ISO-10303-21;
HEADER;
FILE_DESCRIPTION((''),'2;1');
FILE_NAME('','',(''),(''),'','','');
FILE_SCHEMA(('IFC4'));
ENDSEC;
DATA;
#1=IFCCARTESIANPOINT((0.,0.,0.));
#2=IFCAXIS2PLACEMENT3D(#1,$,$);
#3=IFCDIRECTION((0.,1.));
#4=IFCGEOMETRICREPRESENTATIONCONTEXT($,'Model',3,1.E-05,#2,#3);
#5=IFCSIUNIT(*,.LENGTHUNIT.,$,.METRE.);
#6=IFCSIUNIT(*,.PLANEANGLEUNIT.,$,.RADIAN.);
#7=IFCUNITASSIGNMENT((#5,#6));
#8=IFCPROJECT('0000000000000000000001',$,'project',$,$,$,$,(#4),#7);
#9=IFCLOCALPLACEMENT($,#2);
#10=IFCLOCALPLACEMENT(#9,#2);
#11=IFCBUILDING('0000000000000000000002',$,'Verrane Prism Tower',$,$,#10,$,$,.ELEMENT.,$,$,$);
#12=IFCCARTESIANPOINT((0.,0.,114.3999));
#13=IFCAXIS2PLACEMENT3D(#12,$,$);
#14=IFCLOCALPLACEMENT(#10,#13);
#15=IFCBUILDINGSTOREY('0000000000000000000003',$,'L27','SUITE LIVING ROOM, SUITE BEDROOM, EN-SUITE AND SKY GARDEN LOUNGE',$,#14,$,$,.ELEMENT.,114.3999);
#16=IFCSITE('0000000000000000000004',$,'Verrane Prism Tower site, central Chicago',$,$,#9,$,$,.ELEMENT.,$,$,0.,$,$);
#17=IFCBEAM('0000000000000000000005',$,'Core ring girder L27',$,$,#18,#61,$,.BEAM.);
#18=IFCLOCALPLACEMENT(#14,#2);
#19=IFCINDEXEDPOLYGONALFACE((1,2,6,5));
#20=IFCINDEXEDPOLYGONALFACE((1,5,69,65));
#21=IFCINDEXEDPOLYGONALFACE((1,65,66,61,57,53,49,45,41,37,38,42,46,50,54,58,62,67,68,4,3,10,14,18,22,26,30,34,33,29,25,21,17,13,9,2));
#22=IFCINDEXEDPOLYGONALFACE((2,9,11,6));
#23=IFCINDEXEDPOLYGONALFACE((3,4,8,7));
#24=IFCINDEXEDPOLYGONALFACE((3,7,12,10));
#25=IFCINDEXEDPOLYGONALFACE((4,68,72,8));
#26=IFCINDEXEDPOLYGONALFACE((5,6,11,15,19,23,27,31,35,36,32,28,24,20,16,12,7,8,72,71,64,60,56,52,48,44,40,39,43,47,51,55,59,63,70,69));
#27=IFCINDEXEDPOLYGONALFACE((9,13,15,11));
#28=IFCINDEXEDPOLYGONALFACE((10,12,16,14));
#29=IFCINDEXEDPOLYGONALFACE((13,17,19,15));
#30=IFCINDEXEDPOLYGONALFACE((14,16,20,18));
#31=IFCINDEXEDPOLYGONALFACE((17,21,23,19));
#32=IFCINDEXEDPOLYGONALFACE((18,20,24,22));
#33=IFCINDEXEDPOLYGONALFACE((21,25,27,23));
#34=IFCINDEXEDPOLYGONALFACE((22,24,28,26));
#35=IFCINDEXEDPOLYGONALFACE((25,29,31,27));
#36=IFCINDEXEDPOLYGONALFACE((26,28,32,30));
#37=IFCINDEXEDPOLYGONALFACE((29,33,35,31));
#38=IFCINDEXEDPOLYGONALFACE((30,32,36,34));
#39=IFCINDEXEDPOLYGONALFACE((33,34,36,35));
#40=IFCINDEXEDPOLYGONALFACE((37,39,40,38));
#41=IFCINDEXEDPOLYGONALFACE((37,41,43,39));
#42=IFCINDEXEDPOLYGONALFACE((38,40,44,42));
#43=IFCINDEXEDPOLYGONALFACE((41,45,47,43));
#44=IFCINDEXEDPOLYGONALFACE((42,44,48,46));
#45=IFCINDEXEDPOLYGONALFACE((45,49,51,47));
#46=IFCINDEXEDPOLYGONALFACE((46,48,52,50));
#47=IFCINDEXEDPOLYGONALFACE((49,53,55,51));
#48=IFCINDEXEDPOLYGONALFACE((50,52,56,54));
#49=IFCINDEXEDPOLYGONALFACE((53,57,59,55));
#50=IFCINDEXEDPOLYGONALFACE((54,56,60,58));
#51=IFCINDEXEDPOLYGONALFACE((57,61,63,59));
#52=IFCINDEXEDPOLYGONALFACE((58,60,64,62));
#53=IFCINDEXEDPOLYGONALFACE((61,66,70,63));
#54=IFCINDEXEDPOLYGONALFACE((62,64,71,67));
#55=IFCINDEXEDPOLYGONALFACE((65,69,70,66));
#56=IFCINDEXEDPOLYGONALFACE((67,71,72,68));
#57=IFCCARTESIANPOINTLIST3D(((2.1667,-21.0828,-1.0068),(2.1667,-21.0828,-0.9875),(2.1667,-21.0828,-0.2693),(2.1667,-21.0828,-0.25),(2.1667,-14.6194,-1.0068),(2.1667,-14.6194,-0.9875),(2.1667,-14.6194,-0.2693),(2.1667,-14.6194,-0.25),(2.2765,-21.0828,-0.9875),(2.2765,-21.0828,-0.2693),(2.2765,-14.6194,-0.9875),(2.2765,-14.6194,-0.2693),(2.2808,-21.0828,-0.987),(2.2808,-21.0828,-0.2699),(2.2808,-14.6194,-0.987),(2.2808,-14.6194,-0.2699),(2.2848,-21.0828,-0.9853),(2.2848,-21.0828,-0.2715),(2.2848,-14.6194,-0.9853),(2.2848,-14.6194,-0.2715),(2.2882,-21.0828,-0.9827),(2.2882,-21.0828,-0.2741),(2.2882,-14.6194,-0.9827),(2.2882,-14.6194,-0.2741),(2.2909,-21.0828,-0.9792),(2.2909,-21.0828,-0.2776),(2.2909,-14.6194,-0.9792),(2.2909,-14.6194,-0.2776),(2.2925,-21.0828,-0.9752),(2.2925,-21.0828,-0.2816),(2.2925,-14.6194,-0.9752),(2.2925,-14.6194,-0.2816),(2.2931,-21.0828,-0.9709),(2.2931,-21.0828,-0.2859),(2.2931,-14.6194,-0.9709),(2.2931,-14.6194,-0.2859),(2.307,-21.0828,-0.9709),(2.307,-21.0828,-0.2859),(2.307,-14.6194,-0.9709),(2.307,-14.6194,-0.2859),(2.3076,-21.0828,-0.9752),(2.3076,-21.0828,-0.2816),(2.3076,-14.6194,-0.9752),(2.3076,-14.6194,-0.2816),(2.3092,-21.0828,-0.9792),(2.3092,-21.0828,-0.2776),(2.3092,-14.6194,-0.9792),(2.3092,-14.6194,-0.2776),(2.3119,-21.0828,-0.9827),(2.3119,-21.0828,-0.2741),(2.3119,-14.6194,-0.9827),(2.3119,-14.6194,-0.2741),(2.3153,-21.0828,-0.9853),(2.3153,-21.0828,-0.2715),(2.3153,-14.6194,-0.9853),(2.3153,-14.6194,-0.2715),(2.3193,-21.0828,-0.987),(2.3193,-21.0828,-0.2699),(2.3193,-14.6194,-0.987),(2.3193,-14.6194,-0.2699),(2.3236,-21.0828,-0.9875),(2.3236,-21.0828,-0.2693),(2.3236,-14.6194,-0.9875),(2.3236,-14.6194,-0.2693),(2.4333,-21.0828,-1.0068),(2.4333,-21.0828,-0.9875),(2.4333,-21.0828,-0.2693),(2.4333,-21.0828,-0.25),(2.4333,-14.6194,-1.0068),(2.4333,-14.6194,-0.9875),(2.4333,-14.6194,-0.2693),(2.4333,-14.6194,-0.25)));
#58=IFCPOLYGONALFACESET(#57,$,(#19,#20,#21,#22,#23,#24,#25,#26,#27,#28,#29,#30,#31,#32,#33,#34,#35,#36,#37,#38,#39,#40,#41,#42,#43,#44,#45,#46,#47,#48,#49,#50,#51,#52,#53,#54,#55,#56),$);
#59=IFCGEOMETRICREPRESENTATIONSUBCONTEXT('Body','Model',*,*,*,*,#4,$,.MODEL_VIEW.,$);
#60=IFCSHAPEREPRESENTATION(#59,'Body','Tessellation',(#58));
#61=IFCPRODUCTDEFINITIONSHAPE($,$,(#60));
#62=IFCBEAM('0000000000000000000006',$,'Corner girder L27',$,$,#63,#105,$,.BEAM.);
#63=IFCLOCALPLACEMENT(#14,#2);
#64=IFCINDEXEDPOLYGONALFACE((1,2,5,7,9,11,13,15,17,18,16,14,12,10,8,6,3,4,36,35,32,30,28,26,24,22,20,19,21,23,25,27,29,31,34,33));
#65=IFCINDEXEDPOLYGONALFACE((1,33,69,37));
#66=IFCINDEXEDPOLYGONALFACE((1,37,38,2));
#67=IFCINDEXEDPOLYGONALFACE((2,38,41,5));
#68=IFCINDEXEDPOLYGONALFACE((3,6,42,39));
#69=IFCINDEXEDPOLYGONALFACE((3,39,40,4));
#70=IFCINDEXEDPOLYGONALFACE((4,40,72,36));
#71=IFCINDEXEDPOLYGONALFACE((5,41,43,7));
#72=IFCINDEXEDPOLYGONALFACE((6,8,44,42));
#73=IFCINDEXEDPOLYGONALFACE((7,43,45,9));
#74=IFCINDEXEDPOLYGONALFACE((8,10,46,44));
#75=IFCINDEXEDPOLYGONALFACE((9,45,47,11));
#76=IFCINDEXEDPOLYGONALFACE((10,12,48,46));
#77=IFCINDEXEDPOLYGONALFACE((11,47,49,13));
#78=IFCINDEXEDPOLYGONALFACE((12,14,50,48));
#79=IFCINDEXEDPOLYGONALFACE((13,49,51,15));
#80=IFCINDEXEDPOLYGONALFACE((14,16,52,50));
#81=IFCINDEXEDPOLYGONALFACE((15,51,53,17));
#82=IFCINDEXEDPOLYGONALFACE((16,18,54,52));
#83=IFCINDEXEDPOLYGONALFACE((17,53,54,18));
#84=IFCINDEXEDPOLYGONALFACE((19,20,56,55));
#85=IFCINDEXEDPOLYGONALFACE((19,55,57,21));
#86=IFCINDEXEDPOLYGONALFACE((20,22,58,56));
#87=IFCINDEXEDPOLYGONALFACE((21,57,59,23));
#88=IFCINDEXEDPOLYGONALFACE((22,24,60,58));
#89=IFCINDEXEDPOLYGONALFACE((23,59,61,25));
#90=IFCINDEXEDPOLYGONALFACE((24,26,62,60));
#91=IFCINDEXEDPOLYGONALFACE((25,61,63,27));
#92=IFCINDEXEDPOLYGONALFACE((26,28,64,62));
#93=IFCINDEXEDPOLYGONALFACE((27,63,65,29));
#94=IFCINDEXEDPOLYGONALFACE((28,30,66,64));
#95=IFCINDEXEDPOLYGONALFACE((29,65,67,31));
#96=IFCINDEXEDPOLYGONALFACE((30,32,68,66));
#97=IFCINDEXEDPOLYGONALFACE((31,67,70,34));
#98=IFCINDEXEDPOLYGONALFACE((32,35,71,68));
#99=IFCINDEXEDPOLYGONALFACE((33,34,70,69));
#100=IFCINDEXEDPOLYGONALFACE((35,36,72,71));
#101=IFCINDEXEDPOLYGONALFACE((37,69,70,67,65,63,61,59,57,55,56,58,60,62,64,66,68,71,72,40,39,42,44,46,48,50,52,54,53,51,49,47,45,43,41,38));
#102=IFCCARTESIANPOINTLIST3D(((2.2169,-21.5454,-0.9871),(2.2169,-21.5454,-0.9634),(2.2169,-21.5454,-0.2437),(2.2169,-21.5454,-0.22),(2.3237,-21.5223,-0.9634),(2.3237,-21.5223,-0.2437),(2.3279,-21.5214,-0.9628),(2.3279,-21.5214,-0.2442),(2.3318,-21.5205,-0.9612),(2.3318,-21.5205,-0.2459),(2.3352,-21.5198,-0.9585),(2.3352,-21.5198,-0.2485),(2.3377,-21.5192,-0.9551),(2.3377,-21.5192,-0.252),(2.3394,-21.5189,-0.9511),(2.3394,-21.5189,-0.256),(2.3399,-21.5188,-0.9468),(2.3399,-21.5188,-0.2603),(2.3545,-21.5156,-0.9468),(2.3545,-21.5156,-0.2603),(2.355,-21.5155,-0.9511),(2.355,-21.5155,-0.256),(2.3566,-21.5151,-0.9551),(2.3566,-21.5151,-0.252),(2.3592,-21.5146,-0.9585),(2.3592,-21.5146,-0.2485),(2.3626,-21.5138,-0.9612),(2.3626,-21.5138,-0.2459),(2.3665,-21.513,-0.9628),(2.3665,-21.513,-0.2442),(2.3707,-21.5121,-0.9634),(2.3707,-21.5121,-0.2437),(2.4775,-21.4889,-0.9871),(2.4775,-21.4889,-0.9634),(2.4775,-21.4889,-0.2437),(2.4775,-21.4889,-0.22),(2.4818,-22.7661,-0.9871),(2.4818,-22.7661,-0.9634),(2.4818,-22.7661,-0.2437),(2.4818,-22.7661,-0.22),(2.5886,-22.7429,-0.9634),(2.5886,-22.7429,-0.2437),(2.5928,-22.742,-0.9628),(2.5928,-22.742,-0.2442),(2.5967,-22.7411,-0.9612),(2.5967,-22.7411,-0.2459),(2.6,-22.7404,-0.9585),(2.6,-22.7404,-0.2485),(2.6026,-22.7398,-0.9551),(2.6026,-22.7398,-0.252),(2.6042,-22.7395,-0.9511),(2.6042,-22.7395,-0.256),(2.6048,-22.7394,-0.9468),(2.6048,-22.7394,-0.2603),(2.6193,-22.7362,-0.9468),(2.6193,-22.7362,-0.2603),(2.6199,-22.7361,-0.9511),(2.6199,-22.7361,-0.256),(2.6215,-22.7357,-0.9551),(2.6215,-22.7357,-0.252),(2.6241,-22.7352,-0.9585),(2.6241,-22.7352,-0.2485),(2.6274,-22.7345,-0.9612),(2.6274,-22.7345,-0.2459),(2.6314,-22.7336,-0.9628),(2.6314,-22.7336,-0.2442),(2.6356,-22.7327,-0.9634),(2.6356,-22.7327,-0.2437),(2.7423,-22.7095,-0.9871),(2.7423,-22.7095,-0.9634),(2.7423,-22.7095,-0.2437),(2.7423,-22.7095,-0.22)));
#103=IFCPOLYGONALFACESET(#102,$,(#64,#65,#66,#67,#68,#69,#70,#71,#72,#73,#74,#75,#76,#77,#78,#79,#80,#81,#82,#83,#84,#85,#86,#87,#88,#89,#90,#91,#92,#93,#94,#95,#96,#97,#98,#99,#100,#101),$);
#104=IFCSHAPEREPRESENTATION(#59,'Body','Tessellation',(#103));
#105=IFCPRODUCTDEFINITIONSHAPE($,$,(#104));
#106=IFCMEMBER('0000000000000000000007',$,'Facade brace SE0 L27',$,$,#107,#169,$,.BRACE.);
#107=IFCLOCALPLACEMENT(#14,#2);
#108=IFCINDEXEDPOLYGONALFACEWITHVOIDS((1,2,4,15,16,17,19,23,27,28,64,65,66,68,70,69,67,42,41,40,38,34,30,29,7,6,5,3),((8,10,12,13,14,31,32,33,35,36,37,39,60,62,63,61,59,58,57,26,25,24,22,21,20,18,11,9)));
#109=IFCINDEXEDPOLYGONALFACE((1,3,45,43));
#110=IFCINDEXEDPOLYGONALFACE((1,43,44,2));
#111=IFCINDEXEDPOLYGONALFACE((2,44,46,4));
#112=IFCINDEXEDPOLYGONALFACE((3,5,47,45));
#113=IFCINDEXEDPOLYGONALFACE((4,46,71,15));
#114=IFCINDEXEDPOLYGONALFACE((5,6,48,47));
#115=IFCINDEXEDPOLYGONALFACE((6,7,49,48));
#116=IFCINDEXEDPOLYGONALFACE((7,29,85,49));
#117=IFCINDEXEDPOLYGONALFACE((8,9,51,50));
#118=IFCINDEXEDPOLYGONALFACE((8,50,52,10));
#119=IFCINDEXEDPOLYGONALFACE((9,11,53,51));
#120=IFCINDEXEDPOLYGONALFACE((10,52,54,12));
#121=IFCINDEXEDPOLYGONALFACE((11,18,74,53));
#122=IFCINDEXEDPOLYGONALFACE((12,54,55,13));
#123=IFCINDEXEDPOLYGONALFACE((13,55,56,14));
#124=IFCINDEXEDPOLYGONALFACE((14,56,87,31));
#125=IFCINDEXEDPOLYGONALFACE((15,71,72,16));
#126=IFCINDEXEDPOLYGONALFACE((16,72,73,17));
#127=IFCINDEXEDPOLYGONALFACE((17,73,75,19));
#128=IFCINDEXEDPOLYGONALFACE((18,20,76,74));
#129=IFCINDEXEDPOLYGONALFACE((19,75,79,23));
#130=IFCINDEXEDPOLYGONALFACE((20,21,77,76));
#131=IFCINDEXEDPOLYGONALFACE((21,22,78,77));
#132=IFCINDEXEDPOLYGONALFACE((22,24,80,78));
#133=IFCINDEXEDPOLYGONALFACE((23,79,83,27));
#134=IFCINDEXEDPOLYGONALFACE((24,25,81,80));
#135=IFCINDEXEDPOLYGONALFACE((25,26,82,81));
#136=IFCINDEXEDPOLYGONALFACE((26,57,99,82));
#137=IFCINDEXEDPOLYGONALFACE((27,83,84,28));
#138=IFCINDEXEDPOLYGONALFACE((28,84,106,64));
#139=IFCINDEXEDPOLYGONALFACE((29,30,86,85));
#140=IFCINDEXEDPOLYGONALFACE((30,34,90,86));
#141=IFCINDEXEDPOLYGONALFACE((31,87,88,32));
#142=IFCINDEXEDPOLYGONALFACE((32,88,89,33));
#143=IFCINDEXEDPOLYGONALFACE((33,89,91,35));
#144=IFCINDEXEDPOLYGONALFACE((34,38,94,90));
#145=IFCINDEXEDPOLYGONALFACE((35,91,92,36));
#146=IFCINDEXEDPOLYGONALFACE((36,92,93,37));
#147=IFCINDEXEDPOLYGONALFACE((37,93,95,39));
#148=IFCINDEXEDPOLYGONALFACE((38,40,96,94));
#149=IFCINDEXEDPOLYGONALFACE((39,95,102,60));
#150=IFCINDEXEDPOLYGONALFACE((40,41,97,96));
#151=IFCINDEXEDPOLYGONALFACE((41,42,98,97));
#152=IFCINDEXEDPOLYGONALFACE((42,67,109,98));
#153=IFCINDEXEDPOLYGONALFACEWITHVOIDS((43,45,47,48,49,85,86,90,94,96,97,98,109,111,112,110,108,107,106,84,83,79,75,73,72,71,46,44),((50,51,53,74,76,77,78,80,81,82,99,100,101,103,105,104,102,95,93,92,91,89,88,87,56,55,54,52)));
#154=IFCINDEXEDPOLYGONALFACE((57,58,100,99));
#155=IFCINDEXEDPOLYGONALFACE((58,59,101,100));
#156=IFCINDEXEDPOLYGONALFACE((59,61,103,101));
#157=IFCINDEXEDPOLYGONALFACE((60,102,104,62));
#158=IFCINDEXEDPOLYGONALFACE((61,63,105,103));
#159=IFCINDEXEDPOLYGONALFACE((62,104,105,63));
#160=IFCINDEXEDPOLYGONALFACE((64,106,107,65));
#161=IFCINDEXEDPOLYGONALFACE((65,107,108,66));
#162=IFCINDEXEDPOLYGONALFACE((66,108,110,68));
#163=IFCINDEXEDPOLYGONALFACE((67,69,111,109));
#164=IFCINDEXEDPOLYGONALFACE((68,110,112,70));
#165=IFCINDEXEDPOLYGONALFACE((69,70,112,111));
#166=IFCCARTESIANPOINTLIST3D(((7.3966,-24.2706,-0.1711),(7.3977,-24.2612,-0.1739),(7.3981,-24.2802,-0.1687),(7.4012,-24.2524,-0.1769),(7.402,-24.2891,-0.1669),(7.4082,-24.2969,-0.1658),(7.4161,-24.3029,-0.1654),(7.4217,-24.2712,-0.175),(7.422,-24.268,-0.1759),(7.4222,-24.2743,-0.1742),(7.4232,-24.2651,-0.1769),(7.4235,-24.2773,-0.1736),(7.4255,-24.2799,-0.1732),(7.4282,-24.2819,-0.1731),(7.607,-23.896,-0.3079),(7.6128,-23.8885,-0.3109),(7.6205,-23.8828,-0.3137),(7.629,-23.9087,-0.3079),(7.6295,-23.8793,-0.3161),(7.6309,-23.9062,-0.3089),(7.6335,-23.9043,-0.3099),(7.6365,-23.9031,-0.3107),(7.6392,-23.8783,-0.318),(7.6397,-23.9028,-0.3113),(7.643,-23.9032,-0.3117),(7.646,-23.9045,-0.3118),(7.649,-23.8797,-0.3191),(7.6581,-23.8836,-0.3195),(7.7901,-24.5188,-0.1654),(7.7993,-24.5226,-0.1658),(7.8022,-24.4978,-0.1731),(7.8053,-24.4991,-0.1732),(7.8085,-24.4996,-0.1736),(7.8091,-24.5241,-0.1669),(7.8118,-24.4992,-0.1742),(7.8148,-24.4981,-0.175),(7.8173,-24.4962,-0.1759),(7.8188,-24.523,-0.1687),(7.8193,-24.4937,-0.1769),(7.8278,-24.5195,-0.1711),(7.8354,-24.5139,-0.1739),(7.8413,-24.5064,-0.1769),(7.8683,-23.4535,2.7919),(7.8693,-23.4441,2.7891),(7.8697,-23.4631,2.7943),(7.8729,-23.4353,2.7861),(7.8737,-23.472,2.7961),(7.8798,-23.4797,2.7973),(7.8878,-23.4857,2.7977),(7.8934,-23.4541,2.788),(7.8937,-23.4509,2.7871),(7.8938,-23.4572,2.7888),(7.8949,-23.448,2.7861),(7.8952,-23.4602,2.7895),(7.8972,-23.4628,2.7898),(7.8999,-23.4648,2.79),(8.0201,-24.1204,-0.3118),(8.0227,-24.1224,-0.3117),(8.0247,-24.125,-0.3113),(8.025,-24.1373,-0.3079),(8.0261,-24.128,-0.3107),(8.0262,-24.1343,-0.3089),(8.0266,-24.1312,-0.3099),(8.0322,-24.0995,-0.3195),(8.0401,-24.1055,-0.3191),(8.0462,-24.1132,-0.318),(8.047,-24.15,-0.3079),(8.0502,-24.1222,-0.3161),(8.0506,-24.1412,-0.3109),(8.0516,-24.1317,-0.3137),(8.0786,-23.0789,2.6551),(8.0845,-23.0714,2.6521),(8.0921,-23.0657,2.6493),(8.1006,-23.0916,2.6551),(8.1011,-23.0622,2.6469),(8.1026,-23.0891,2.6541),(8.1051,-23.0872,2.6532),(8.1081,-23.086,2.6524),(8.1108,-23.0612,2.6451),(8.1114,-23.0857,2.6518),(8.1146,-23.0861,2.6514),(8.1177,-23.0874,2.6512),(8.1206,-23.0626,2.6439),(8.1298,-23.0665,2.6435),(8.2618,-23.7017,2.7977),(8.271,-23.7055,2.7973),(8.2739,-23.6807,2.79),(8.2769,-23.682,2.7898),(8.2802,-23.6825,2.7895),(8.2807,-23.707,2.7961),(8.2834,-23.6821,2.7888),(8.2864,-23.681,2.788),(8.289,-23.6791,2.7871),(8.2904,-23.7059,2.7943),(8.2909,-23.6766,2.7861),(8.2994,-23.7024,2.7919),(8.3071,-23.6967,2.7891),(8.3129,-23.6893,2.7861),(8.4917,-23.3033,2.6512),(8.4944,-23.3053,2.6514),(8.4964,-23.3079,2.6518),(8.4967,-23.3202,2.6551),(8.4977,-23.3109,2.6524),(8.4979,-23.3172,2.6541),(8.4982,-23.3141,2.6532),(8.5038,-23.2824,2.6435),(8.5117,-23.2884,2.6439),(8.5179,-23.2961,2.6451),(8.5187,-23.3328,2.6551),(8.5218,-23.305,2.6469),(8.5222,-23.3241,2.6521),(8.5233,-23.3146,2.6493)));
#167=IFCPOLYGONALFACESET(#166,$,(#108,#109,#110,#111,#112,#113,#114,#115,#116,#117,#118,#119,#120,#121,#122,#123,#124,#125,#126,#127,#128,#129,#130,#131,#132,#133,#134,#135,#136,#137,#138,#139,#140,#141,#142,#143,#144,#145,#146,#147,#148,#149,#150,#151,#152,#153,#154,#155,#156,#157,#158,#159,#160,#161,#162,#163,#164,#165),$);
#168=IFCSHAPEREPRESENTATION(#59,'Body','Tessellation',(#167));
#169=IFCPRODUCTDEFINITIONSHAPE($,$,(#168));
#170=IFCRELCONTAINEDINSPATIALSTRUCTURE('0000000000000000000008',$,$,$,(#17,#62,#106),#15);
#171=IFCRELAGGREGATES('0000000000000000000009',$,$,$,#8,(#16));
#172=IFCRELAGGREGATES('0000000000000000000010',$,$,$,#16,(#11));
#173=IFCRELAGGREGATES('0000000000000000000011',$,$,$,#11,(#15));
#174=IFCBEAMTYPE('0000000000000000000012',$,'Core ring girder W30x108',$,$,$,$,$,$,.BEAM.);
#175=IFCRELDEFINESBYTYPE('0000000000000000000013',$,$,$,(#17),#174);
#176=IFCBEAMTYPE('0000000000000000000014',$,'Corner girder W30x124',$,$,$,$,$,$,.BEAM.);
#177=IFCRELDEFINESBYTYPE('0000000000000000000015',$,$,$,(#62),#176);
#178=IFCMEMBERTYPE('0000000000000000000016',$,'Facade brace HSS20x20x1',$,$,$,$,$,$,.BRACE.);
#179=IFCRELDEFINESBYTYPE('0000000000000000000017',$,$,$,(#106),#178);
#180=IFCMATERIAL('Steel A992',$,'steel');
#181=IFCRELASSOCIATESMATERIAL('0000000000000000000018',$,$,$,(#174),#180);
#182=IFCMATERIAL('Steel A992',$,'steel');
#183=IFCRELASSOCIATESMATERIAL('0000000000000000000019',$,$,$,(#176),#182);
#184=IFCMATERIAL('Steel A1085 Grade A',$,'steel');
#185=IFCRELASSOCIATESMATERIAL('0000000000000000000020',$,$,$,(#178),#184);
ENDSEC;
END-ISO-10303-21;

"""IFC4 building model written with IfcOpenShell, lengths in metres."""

from ifc_helpers import new_model, si_unit, direction, frame, origin, origin_2d, place, context, subcontext, project, spatial, hollow_rectangle, i_section, extrude, material, material_profile, profile_set, type_object, element, save


model = new_model("IFC4")

# Units and contexts
model_context = context("Model", 3, precision=1e-05, world=origin(), true_north=direction((0.0, 1.0)))
body_context = subcontext(model_context, "Body", "Model", "MODEL_VIEW")
ifc_project = project(units=[si_unit("LENGTHUNIT", "METRE"), si_unit("PLANEANGLEUNIT", "RADIAN")], contexts=[model_context])

# Site, building, storey
site_placement = place(None, origin())
site = spatial("IfcSite", under=ifc_project, at=site_placement, Name="Verrane Prism Tower site, central Chicago", CompositionType="ELEMENT", RefElevation=0.0)
building_placement = place(site_placement, origin())
building = spatial("IfcBuilding", under=site, at=building_placement, Name="Verrane Prism Tower", CompositionType="ELEMENT")
storey_placement = place(building_placement, frame((0.0, 0.0, 114.3999)))
storey = spatial("IfcBuildingStorey", under=building, at=storey_placement, Name="L27", Description="SUITE LIVING ROOM, SUITE BEDROOM, EN-SUITE AND SKY GARDEN LOUNGE", CompositionType="ELEMENT", Elevation=114.3999)

# Beams
ifc_material_1 = material(Name="Steel A992", Category="steel")
ifc_material_profile_1 = material_profile(ifc_material_1, i_section(OverallWidth=0.2666, OverallDepth=0.7568, WebThickness=0.0139, FlangeThickness=0.0193, FilletRadius=0.0166, at=origin_2d()), Name="W30x108")
ifc_profile_set_1 = profile_set([ifc_material_profile_1], Name="Steel A992")
beam_type_1 = type_object("IfcBeamType", Name="Core ring girder W30x108", PredefinedType="BEAM", material=ifc_profile_set_1)
beam_1_placement = place(storey_placement, frame((2.3, -21.0828, -0.6284), z_axis=(0.0, 1.0, 0.0), x_axis=(-1.0, 0.0, 0.0)))
element("IfcBeam", 1, at=beam_1_placement, inside=storey, type_object=beam_type_1, Name="Core ring girder L27", PredefinedType="BEAM", context=body_context, shape_type="SweptSolid", body=[
    extrude(i_section(OverallWidth=0.2666, OverallDepth=0.7568, WebThickness=0.0139, FlangeThickness=0.0193, FilletRadius=0.0166, at=origin_2d()), origin(), (0.0, 0.0, 1.0), 6.4634),
])
ifc_material_2 = material(Name="Steel A992", Category="steel")
ifc_material_profile_2 = material_profile(ifc_material_2, i_section(OverallWidth=0.2666, OverallDepth=0.7671, WebThickness=0.0149, FlangeThickness=0.0237, FilletRadius=0.0166, at=origin_2d()), Name="W30x124")
ifc_profile_set_2 = profile_set([ifc_material_profile_2], Name="Steel A992")
beam_type_2 = type_object("IfcBeamType", Name="Corner girder W30x124", PredefinedType="BEAM", material=ifc_profile_set_2)
beam_2_placement = place(storey_placement, frame((2.6121, -22.7378, -0.6035), z_axis=(-0.212064, 0.977256, 0.0), x_axis=(-0.977256, -0.212064, 0.0)))
element("IfcBeam", 2, at=beam_2_placement, inside=storey, type_object=beam_type_2, Name="Corner girder L27", PredefinedType="BEAM", context=body_context, shape_type="SweptSolid", body=[
    extrude(i_section(OverallWidth=0.2666, OverallDepth=0.7671, WebThickness=0.0149, FlangeThickness=0.0237, FilletRadius=0.0166, at=origin_2d()), origin(), (0.0, 0.0, 1.0), 1.249),
])

# Member
ifc_material_3 = material(Name="Steel A1085 Grade A", Category="steel")
ifc_material_profile_3 = material_profile(ifc_material_3, hollow_rectangle(XDim=0.5081, YDim=0.5081, WallThickness=0.0254, InnerFilletRadius=0.0127, OuterFilletRadius=0.0381, at=origin_2d()), Name="HSS20x20x1")
ifc_profile_set_3 = profile_set([ifc_material_profile_3], Name="Steel A1085 Grade A")
member_type_1 = type_object("IfcMemberType", Name="Facade brace HSS20x20x1", PredefinedType="BRACE", material=ifc_profile_set_3)
for number, where, z_axis, x_axis, name in (
    (3, (7.7241, -24.2012, -0.2424), (0.151679, 0.262769, 0.952862), (-0.866069, 0.499924, 0.0), "Facade brace SE0 L27"),
):
    element("IfcMember", number, at=place(storey_placement, frame(where, z_axis=z_axis, x_axis=x_axis)), inside=storey, type_object=member_type_1, Name=name, PredefinedType="BRACE", context=body_context, shape_type="SweptSolid", body=[
        extrude(hollow_rectangle(XDim=0.5081, YDim=0.5081, WallThickness=0.0254, InnerFilletRadius=0.0127, OuterFilletRadius=0.0381, at=origin_2d()), origin(), (0.0, 0.0, 1.0), 3.1096),
    ])

save(model, "model.ifc")
